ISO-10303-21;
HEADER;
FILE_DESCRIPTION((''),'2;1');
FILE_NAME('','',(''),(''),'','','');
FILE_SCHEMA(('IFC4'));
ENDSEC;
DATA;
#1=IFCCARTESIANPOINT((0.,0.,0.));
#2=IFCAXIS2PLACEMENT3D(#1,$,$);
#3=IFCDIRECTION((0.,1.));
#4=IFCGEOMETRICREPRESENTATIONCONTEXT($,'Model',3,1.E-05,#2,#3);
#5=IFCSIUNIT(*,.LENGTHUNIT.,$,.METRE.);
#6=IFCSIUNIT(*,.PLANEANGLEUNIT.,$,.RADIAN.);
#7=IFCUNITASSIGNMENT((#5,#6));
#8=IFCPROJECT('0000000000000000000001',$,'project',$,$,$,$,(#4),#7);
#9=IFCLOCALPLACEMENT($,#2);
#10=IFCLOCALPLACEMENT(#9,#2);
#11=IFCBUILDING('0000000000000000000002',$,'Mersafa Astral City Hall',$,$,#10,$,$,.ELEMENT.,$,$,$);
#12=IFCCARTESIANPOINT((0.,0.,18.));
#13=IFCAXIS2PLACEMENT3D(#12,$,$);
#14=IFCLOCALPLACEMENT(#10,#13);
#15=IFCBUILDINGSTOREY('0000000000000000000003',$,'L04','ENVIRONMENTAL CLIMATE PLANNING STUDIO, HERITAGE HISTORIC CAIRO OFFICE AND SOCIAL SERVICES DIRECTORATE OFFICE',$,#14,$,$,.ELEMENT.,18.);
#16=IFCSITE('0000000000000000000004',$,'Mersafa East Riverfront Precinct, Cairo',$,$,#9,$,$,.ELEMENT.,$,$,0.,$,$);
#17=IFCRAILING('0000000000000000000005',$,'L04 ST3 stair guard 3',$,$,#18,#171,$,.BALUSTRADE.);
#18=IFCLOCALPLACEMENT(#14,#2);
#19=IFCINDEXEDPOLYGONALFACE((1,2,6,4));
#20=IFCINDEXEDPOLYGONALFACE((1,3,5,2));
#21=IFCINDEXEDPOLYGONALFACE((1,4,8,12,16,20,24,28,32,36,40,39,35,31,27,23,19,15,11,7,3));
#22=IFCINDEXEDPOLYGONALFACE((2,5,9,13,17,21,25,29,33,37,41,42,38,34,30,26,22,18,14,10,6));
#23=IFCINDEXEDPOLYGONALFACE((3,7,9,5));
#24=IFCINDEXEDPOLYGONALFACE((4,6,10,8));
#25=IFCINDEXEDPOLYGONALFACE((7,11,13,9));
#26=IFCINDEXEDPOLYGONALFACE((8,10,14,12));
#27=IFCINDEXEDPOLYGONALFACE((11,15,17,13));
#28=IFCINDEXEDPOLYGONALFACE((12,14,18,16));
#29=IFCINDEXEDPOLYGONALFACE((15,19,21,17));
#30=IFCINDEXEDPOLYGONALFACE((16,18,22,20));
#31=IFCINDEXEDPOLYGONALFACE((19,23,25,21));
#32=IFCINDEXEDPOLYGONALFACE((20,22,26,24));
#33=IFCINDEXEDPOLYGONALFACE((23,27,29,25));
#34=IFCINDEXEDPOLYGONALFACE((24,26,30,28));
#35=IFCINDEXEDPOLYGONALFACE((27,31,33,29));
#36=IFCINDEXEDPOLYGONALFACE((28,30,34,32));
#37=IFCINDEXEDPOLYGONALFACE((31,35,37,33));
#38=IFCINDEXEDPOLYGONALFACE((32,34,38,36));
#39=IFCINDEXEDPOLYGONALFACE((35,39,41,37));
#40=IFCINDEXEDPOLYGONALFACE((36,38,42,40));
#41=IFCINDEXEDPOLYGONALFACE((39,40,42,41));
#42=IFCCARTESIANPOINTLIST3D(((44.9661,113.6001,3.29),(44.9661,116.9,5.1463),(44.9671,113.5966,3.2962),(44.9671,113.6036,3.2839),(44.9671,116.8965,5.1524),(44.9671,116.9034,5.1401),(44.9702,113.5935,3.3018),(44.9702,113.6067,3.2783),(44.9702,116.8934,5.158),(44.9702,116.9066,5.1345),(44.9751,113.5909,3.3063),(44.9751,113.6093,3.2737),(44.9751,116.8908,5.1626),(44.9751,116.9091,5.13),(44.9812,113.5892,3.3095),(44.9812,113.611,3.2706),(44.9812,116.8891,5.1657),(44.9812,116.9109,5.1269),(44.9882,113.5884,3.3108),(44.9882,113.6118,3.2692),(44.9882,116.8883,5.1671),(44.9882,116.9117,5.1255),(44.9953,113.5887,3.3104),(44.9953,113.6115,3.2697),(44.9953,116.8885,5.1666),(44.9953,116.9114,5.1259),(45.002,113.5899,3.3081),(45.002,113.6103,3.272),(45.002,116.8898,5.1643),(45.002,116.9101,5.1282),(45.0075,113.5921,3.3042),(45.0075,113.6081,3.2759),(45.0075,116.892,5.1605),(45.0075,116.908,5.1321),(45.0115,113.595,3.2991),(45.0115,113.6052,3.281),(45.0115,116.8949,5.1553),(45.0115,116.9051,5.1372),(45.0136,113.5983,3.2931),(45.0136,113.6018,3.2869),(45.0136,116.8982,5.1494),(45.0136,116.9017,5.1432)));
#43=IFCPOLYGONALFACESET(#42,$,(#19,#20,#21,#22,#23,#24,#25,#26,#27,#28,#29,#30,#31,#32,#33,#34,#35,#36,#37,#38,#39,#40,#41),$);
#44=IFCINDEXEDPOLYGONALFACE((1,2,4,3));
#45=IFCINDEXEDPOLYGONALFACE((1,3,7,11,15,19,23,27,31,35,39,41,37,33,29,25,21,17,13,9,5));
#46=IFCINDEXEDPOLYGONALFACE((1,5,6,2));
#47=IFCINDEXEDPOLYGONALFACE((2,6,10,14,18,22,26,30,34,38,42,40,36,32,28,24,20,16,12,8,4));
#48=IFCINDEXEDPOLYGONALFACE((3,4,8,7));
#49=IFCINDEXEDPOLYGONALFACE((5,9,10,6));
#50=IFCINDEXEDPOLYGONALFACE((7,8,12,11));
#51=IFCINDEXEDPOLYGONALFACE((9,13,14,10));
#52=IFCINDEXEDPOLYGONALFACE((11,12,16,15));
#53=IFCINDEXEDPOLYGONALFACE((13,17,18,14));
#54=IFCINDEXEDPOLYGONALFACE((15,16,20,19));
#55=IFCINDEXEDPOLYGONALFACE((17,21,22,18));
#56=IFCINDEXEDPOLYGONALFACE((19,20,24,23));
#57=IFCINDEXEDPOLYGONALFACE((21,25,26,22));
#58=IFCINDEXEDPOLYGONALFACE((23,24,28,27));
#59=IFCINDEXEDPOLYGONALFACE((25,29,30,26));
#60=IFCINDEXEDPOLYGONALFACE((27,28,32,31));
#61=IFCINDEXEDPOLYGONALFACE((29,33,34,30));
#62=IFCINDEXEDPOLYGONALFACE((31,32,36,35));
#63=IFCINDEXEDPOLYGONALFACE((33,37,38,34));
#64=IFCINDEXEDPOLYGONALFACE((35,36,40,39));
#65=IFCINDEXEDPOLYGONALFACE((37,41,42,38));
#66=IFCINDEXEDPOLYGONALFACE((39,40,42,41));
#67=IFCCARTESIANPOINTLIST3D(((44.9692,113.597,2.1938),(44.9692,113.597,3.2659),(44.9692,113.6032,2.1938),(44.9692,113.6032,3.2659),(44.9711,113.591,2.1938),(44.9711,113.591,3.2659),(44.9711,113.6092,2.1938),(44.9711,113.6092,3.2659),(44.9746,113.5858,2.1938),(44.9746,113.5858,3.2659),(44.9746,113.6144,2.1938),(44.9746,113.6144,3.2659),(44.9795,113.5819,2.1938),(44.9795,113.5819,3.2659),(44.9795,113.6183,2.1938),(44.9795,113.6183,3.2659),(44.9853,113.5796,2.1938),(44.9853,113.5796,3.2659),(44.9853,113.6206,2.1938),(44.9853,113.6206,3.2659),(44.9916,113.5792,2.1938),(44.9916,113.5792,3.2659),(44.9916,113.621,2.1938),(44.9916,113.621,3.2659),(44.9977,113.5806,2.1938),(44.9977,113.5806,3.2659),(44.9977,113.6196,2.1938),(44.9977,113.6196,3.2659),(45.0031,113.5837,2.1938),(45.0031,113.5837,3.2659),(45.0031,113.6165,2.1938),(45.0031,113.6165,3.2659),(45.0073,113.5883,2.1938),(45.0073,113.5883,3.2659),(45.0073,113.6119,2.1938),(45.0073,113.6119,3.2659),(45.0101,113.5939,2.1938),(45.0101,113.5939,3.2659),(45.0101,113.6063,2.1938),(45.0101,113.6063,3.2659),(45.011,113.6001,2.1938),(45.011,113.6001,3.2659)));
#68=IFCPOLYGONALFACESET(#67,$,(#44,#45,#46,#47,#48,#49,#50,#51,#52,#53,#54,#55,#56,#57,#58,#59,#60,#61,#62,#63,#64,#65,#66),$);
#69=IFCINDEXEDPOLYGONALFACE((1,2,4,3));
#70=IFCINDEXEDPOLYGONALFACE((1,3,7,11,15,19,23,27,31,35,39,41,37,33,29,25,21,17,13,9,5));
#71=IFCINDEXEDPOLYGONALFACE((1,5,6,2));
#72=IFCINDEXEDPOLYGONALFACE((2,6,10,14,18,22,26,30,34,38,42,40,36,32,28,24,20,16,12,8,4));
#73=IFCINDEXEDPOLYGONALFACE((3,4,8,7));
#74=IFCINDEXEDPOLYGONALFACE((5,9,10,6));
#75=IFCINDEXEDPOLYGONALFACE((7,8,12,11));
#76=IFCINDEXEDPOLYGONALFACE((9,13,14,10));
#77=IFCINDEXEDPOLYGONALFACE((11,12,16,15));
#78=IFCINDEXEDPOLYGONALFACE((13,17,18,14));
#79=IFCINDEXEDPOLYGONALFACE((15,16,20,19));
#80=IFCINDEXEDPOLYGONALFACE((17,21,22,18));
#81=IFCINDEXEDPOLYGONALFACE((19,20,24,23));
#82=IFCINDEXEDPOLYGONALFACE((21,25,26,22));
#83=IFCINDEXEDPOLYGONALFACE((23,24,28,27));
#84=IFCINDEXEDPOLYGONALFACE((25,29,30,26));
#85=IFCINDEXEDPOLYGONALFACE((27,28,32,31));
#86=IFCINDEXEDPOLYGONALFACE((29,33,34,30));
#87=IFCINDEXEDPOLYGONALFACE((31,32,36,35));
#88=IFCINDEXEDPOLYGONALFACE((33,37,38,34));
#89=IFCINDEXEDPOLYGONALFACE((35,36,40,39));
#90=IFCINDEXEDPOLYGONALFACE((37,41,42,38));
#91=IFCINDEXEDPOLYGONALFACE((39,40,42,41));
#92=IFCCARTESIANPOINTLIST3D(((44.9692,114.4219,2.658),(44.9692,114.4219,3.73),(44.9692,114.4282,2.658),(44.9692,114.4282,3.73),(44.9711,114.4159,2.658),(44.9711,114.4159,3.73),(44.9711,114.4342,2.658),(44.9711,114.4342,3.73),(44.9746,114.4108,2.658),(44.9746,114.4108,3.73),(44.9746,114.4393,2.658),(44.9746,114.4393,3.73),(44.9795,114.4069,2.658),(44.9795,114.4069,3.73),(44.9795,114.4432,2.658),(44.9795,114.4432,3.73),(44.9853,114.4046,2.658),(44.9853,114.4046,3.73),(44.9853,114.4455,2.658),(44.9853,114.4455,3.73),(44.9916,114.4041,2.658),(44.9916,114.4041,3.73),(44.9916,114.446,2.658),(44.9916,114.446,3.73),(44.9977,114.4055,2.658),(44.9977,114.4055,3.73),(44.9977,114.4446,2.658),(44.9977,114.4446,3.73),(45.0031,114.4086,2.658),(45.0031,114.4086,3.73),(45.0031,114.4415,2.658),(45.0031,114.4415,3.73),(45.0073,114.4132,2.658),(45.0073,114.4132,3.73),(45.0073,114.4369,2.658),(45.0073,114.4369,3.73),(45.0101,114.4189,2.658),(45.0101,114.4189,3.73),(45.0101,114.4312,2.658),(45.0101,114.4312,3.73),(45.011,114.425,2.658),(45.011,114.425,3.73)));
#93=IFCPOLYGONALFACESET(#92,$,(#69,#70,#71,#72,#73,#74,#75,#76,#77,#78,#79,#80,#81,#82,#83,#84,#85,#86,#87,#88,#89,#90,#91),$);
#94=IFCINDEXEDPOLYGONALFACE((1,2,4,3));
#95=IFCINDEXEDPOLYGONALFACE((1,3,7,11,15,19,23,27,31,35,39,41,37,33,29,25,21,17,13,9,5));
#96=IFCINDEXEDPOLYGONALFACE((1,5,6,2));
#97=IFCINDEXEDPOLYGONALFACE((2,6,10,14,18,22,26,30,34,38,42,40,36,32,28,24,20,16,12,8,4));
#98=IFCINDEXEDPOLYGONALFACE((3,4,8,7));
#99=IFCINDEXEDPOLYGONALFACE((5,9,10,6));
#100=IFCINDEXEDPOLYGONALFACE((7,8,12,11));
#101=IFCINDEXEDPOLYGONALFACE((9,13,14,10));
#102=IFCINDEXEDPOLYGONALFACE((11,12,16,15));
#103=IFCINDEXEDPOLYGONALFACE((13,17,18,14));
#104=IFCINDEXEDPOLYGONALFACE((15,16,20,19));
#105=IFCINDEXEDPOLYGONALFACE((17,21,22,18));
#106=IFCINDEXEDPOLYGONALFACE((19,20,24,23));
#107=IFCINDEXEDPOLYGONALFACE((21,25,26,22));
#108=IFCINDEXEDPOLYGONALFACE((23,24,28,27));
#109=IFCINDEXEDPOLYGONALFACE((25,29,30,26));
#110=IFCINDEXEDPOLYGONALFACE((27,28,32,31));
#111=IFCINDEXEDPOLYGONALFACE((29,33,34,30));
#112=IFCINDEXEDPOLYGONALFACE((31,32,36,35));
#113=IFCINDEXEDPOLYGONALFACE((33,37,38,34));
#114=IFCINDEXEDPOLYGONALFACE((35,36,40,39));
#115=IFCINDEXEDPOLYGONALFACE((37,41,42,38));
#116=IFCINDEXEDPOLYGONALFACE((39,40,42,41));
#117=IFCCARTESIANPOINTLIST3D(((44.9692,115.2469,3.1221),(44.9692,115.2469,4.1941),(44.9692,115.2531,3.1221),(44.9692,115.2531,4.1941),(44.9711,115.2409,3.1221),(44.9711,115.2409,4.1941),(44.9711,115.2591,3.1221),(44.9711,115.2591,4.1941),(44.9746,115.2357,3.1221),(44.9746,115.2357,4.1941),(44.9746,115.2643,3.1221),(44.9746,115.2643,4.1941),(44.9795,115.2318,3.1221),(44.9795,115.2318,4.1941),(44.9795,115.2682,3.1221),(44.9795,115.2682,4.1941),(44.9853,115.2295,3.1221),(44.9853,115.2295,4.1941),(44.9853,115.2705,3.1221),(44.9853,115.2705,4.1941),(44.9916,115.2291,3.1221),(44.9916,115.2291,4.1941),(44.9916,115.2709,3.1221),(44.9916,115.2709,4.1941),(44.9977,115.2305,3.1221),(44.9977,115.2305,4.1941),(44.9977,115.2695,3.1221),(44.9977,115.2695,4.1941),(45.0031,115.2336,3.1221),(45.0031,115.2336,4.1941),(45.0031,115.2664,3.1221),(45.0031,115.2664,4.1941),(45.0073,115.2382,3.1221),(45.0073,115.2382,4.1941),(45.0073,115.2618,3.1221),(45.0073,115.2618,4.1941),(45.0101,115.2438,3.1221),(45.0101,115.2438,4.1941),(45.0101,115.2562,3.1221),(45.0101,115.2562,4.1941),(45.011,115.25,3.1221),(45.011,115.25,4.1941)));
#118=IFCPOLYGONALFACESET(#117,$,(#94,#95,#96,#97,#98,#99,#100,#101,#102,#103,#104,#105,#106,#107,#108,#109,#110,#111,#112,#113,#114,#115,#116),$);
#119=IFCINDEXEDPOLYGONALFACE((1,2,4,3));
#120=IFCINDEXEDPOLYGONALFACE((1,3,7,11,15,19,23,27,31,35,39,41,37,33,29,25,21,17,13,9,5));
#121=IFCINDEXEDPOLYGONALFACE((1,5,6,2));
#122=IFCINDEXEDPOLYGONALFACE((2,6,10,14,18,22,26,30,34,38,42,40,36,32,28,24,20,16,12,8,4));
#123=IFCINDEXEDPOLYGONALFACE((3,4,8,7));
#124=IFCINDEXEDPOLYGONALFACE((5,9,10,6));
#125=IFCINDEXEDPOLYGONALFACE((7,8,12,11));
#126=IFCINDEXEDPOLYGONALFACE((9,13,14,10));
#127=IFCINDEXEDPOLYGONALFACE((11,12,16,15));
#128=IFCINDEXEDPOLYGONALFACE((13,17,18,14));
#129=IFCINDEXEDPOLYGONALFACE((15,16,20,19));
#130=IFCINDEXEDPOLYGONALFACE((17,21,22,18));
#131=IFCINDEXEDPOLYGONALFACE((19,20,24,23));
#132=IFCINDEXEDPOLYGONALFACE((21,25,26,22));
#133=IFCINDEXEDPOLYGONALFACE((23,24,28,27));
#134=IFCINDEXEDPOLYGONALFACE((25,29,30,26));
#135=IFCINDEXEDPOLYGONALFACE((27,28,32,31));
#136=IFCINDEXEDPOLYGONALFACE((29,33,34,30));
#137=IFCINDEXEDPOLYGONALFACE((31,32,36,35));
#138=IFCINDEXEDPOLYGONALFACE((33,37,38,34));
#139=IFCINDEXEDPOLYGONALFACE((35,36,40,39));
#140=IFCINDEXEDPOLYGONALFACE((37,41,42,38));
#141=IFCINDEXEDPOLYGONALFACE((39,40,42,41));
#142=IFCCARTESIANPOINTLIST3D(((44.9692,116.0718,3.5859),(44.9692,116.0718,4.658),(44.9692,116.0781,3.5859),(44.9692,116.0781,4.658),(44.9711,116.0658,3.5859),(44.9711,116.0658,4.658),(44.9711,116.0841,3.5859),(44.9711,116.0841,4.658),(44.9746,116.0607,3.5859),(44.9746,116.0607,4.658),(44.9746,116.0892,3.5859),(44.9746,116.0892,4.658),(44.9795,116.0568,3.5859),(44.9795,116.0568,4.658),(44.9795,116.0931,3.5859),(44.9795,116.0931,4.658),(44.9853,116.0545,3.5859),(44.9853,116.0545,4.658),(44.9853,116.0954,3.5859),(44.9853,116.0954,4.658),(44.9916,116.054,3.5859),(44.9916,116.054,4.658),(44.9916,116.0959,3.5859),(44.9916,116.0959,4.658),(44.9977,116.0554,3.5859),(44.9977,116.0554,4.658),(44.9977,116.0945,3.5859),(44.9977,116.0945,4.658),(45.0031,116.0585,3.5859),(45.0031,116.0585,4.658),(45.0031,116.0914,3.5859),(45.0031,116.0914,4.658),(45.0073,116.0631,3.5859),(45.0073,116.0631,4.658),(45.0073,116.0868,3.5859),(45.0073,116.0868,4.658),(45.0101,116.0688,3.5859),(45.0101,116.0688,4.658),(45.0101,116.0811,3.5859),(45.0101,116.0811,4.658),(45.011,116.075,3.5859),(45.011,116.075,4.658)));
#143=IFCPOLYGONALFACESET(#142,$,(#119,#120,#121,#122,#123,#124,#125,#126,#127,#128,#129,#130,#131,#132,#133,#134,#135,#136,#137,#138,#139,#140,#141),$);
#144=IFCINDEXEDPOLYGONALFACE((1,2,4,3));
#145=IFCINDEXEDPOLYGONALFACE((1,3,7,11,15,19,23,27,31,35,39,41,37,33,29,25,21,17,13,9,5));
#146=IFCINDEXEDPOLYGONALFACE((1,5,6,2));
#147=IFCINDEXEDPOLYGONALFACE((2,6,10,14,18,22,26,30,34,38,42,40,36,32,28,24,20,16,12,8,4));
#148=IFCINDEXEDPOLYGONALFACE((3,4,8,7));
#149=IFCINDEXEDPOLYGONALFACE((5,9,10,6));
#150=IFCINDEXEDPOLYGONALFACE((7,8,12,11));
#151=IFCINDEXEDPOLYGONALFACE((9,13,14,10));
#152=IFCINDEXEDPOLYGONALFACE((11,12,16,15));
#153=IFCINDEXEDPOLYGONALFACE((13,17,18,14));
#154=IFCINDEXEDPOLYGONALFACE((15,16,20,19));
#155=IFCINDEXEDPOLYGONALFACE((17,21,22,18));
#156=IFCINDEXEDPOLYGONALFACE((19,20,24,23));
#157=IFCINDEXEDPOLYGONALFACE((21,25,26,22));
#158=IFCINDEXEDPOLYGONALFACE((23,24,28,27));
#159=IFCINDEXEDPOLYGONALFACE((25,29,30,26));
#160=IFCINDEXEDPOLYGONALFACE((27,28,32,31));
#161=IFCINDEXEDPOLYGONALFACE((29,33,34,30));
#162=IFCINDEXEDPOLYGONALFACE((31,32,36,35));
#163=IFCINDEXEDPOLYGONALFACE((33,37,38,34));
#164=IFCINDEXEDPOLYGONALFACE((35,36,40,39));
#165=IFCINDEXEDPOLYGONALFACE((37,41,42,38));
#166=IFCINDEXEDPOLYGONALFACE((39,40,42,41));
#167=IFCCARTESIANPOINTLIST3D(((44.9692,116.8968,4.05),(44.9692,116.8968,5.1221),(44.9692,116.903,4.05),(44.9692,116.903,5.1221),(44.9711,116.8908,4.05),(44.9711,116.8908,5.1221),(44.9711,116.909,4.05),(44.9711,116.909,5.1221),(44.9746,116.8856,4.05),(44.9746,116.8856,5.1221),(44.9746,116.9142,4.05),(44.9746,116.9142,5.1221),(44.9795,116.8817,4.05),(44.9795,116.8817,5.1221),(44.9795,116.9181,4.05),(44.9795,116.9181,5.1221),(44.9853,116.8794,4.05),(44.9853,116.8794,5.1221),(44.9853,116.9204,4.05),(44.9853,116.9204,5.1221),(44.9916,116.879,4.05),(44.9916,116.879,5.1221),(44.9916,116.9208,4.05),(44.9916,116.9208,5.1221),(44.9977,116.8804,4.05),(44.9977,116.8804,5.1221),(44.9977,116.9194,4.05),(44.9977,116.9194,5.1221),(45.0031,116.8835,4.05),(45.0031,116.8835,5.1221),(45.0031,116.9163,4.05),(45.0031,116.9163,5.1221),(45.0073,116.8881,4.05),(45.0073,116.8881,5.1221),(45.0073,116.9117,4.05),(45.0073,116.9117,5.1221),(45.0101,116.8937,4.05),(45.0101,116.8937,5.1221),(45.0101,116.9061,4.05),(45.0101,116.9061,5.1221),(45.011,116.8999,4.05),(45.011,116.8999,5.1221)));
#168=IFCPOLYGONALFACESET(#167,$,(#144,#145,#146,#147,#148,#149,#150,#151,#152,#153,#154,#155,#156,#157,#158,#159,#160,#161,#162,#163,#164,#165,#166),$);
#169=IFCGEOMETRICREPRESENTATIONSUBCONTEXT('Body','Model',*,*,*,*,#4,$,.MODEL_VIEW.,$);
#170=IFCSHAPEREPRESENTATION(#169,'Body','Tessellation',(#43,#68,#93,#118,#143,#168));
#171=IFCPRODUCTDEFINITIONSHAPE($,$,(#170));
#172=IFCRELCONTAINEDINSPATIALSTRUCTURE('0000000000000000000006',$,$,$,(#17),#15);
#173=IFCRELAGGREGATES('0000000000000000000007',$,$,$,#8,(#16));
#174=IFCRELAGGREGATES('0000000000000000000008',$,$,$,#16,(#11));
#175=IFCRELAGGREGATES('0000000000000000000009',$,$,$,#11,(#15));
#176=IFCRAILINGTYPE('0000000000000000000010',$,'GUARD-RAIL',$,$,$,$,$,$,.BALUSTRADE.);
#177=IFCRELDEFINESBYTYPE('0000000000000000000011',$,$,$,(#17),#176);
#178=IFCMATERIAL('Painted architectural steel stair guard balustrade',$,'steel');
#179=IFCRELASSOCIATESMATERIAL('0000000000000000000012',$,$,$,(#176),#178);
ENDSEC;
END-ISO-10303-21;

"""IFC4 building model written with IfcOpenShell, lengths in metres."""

from ifc_helpers import new_model, si_unit, direction, frame, origin, origin_2d, place, context, subcontext, project, spatial, circle, extrude, material, type_object, element, save


model = new_model("IFC4")

# Units and contexts
model_context = context("Model", 3, precision=1e-05, world=origin(), true_north=direction((0.0, 1.0)))
body_context = subcontext(model_context, "Body", "Model", "MODEL_VIEW")
ifc_project = project(units=[si_unit("LENGTHUNIT", "METRE"), si_unit("PLANEANGLEUNIT", "RADIAN")], contexts=[model_context])

# Site, building, storey
site_placement = place(None, origin())
site = spatial("IfcSite", under=ifc_project, at=site_placement, Name="Mersafa East Riverfront Precinct, Cairo", CompositionType="ELEMENT", RefElevation=0.0)
building_placement = place(site_placement, origin())
building = spatial("IfcBuilding", under=site, at=building_placement, Name="Mersafa Astral City Hall", CompositionType="ELEMENT")
storey_placement = place(building_placement, frame((0.0, 0.0, 18.0)))
storey = spatial("IfcBuildingStorey", under=building, at=storey_placement, Name="L04", Description="ENVIRONMENTAL CLIMATE PLANNING STUDIO, HERITAGE HISTORIC CAIRO OFFICE AND SOCIAL SERVICES DIRECTORATE OFFICE", CompositionType="ELEMENT", Elevation=18.0)

# Railing
ifc_material_1 = material(Name="Painted architectural steel stair guard balustrade", Category="steel")
railing_type_1 = type_object("IfcRailingType", Name="GUARD-RAIL", PredefinedType="BALUSTRADE", material=ifc_material_1)
railing_1_placement = place(storey_placement, frame((44.99, 113.6001, 2.1938)))
element("IfcRailing", 1, at=railing_1_placement, inside=storey, type_object=railing_type_1, Name="L04 ST3 stair guard 3", PredefinedType="BALUSTRADE", context=body_context, shape_type="SweptSolid", body=[
    extrude(circle(Radius=0.0239, at=origin_2d()), frame((0.0, 0.0, 1.0962), z_axis=(0.0, 0.871569, 0.490273), x_axis=(-1.0, 0.0, 0.0)), (0.0, 0.0, 1.0), 3.7861),
    extrude(circle(Radius=0.021, at=origin_2d()), origin(), (0.0, 0.0, 1.0), 1.072),
    extrude(circle(Radius=0.021, at=origin_2d()), frame((0.0, 0.825, 0.4641)), (0.0, 0.0, 1.0), 1.072),
    extrude(circle(Radius=0.021, at=origin_2d()), frame((0.0, 1.6499, 0.9282)), (0.0, 0.0, 1.0), 1.072),
    extrude(circle(Radius=0.021, at=origin_2d()), frame((0.0, 2.4749, 1.3921)), (0.0, 0.0, 1.0), 1.072),
    extrude(circle(Radius=0.021, at=origin_2d()), frame((0.0, 3.2998, 1.8562)), (0.0, 0.0, 1.0), 1.072),
])

save(model, "model.ifc")
